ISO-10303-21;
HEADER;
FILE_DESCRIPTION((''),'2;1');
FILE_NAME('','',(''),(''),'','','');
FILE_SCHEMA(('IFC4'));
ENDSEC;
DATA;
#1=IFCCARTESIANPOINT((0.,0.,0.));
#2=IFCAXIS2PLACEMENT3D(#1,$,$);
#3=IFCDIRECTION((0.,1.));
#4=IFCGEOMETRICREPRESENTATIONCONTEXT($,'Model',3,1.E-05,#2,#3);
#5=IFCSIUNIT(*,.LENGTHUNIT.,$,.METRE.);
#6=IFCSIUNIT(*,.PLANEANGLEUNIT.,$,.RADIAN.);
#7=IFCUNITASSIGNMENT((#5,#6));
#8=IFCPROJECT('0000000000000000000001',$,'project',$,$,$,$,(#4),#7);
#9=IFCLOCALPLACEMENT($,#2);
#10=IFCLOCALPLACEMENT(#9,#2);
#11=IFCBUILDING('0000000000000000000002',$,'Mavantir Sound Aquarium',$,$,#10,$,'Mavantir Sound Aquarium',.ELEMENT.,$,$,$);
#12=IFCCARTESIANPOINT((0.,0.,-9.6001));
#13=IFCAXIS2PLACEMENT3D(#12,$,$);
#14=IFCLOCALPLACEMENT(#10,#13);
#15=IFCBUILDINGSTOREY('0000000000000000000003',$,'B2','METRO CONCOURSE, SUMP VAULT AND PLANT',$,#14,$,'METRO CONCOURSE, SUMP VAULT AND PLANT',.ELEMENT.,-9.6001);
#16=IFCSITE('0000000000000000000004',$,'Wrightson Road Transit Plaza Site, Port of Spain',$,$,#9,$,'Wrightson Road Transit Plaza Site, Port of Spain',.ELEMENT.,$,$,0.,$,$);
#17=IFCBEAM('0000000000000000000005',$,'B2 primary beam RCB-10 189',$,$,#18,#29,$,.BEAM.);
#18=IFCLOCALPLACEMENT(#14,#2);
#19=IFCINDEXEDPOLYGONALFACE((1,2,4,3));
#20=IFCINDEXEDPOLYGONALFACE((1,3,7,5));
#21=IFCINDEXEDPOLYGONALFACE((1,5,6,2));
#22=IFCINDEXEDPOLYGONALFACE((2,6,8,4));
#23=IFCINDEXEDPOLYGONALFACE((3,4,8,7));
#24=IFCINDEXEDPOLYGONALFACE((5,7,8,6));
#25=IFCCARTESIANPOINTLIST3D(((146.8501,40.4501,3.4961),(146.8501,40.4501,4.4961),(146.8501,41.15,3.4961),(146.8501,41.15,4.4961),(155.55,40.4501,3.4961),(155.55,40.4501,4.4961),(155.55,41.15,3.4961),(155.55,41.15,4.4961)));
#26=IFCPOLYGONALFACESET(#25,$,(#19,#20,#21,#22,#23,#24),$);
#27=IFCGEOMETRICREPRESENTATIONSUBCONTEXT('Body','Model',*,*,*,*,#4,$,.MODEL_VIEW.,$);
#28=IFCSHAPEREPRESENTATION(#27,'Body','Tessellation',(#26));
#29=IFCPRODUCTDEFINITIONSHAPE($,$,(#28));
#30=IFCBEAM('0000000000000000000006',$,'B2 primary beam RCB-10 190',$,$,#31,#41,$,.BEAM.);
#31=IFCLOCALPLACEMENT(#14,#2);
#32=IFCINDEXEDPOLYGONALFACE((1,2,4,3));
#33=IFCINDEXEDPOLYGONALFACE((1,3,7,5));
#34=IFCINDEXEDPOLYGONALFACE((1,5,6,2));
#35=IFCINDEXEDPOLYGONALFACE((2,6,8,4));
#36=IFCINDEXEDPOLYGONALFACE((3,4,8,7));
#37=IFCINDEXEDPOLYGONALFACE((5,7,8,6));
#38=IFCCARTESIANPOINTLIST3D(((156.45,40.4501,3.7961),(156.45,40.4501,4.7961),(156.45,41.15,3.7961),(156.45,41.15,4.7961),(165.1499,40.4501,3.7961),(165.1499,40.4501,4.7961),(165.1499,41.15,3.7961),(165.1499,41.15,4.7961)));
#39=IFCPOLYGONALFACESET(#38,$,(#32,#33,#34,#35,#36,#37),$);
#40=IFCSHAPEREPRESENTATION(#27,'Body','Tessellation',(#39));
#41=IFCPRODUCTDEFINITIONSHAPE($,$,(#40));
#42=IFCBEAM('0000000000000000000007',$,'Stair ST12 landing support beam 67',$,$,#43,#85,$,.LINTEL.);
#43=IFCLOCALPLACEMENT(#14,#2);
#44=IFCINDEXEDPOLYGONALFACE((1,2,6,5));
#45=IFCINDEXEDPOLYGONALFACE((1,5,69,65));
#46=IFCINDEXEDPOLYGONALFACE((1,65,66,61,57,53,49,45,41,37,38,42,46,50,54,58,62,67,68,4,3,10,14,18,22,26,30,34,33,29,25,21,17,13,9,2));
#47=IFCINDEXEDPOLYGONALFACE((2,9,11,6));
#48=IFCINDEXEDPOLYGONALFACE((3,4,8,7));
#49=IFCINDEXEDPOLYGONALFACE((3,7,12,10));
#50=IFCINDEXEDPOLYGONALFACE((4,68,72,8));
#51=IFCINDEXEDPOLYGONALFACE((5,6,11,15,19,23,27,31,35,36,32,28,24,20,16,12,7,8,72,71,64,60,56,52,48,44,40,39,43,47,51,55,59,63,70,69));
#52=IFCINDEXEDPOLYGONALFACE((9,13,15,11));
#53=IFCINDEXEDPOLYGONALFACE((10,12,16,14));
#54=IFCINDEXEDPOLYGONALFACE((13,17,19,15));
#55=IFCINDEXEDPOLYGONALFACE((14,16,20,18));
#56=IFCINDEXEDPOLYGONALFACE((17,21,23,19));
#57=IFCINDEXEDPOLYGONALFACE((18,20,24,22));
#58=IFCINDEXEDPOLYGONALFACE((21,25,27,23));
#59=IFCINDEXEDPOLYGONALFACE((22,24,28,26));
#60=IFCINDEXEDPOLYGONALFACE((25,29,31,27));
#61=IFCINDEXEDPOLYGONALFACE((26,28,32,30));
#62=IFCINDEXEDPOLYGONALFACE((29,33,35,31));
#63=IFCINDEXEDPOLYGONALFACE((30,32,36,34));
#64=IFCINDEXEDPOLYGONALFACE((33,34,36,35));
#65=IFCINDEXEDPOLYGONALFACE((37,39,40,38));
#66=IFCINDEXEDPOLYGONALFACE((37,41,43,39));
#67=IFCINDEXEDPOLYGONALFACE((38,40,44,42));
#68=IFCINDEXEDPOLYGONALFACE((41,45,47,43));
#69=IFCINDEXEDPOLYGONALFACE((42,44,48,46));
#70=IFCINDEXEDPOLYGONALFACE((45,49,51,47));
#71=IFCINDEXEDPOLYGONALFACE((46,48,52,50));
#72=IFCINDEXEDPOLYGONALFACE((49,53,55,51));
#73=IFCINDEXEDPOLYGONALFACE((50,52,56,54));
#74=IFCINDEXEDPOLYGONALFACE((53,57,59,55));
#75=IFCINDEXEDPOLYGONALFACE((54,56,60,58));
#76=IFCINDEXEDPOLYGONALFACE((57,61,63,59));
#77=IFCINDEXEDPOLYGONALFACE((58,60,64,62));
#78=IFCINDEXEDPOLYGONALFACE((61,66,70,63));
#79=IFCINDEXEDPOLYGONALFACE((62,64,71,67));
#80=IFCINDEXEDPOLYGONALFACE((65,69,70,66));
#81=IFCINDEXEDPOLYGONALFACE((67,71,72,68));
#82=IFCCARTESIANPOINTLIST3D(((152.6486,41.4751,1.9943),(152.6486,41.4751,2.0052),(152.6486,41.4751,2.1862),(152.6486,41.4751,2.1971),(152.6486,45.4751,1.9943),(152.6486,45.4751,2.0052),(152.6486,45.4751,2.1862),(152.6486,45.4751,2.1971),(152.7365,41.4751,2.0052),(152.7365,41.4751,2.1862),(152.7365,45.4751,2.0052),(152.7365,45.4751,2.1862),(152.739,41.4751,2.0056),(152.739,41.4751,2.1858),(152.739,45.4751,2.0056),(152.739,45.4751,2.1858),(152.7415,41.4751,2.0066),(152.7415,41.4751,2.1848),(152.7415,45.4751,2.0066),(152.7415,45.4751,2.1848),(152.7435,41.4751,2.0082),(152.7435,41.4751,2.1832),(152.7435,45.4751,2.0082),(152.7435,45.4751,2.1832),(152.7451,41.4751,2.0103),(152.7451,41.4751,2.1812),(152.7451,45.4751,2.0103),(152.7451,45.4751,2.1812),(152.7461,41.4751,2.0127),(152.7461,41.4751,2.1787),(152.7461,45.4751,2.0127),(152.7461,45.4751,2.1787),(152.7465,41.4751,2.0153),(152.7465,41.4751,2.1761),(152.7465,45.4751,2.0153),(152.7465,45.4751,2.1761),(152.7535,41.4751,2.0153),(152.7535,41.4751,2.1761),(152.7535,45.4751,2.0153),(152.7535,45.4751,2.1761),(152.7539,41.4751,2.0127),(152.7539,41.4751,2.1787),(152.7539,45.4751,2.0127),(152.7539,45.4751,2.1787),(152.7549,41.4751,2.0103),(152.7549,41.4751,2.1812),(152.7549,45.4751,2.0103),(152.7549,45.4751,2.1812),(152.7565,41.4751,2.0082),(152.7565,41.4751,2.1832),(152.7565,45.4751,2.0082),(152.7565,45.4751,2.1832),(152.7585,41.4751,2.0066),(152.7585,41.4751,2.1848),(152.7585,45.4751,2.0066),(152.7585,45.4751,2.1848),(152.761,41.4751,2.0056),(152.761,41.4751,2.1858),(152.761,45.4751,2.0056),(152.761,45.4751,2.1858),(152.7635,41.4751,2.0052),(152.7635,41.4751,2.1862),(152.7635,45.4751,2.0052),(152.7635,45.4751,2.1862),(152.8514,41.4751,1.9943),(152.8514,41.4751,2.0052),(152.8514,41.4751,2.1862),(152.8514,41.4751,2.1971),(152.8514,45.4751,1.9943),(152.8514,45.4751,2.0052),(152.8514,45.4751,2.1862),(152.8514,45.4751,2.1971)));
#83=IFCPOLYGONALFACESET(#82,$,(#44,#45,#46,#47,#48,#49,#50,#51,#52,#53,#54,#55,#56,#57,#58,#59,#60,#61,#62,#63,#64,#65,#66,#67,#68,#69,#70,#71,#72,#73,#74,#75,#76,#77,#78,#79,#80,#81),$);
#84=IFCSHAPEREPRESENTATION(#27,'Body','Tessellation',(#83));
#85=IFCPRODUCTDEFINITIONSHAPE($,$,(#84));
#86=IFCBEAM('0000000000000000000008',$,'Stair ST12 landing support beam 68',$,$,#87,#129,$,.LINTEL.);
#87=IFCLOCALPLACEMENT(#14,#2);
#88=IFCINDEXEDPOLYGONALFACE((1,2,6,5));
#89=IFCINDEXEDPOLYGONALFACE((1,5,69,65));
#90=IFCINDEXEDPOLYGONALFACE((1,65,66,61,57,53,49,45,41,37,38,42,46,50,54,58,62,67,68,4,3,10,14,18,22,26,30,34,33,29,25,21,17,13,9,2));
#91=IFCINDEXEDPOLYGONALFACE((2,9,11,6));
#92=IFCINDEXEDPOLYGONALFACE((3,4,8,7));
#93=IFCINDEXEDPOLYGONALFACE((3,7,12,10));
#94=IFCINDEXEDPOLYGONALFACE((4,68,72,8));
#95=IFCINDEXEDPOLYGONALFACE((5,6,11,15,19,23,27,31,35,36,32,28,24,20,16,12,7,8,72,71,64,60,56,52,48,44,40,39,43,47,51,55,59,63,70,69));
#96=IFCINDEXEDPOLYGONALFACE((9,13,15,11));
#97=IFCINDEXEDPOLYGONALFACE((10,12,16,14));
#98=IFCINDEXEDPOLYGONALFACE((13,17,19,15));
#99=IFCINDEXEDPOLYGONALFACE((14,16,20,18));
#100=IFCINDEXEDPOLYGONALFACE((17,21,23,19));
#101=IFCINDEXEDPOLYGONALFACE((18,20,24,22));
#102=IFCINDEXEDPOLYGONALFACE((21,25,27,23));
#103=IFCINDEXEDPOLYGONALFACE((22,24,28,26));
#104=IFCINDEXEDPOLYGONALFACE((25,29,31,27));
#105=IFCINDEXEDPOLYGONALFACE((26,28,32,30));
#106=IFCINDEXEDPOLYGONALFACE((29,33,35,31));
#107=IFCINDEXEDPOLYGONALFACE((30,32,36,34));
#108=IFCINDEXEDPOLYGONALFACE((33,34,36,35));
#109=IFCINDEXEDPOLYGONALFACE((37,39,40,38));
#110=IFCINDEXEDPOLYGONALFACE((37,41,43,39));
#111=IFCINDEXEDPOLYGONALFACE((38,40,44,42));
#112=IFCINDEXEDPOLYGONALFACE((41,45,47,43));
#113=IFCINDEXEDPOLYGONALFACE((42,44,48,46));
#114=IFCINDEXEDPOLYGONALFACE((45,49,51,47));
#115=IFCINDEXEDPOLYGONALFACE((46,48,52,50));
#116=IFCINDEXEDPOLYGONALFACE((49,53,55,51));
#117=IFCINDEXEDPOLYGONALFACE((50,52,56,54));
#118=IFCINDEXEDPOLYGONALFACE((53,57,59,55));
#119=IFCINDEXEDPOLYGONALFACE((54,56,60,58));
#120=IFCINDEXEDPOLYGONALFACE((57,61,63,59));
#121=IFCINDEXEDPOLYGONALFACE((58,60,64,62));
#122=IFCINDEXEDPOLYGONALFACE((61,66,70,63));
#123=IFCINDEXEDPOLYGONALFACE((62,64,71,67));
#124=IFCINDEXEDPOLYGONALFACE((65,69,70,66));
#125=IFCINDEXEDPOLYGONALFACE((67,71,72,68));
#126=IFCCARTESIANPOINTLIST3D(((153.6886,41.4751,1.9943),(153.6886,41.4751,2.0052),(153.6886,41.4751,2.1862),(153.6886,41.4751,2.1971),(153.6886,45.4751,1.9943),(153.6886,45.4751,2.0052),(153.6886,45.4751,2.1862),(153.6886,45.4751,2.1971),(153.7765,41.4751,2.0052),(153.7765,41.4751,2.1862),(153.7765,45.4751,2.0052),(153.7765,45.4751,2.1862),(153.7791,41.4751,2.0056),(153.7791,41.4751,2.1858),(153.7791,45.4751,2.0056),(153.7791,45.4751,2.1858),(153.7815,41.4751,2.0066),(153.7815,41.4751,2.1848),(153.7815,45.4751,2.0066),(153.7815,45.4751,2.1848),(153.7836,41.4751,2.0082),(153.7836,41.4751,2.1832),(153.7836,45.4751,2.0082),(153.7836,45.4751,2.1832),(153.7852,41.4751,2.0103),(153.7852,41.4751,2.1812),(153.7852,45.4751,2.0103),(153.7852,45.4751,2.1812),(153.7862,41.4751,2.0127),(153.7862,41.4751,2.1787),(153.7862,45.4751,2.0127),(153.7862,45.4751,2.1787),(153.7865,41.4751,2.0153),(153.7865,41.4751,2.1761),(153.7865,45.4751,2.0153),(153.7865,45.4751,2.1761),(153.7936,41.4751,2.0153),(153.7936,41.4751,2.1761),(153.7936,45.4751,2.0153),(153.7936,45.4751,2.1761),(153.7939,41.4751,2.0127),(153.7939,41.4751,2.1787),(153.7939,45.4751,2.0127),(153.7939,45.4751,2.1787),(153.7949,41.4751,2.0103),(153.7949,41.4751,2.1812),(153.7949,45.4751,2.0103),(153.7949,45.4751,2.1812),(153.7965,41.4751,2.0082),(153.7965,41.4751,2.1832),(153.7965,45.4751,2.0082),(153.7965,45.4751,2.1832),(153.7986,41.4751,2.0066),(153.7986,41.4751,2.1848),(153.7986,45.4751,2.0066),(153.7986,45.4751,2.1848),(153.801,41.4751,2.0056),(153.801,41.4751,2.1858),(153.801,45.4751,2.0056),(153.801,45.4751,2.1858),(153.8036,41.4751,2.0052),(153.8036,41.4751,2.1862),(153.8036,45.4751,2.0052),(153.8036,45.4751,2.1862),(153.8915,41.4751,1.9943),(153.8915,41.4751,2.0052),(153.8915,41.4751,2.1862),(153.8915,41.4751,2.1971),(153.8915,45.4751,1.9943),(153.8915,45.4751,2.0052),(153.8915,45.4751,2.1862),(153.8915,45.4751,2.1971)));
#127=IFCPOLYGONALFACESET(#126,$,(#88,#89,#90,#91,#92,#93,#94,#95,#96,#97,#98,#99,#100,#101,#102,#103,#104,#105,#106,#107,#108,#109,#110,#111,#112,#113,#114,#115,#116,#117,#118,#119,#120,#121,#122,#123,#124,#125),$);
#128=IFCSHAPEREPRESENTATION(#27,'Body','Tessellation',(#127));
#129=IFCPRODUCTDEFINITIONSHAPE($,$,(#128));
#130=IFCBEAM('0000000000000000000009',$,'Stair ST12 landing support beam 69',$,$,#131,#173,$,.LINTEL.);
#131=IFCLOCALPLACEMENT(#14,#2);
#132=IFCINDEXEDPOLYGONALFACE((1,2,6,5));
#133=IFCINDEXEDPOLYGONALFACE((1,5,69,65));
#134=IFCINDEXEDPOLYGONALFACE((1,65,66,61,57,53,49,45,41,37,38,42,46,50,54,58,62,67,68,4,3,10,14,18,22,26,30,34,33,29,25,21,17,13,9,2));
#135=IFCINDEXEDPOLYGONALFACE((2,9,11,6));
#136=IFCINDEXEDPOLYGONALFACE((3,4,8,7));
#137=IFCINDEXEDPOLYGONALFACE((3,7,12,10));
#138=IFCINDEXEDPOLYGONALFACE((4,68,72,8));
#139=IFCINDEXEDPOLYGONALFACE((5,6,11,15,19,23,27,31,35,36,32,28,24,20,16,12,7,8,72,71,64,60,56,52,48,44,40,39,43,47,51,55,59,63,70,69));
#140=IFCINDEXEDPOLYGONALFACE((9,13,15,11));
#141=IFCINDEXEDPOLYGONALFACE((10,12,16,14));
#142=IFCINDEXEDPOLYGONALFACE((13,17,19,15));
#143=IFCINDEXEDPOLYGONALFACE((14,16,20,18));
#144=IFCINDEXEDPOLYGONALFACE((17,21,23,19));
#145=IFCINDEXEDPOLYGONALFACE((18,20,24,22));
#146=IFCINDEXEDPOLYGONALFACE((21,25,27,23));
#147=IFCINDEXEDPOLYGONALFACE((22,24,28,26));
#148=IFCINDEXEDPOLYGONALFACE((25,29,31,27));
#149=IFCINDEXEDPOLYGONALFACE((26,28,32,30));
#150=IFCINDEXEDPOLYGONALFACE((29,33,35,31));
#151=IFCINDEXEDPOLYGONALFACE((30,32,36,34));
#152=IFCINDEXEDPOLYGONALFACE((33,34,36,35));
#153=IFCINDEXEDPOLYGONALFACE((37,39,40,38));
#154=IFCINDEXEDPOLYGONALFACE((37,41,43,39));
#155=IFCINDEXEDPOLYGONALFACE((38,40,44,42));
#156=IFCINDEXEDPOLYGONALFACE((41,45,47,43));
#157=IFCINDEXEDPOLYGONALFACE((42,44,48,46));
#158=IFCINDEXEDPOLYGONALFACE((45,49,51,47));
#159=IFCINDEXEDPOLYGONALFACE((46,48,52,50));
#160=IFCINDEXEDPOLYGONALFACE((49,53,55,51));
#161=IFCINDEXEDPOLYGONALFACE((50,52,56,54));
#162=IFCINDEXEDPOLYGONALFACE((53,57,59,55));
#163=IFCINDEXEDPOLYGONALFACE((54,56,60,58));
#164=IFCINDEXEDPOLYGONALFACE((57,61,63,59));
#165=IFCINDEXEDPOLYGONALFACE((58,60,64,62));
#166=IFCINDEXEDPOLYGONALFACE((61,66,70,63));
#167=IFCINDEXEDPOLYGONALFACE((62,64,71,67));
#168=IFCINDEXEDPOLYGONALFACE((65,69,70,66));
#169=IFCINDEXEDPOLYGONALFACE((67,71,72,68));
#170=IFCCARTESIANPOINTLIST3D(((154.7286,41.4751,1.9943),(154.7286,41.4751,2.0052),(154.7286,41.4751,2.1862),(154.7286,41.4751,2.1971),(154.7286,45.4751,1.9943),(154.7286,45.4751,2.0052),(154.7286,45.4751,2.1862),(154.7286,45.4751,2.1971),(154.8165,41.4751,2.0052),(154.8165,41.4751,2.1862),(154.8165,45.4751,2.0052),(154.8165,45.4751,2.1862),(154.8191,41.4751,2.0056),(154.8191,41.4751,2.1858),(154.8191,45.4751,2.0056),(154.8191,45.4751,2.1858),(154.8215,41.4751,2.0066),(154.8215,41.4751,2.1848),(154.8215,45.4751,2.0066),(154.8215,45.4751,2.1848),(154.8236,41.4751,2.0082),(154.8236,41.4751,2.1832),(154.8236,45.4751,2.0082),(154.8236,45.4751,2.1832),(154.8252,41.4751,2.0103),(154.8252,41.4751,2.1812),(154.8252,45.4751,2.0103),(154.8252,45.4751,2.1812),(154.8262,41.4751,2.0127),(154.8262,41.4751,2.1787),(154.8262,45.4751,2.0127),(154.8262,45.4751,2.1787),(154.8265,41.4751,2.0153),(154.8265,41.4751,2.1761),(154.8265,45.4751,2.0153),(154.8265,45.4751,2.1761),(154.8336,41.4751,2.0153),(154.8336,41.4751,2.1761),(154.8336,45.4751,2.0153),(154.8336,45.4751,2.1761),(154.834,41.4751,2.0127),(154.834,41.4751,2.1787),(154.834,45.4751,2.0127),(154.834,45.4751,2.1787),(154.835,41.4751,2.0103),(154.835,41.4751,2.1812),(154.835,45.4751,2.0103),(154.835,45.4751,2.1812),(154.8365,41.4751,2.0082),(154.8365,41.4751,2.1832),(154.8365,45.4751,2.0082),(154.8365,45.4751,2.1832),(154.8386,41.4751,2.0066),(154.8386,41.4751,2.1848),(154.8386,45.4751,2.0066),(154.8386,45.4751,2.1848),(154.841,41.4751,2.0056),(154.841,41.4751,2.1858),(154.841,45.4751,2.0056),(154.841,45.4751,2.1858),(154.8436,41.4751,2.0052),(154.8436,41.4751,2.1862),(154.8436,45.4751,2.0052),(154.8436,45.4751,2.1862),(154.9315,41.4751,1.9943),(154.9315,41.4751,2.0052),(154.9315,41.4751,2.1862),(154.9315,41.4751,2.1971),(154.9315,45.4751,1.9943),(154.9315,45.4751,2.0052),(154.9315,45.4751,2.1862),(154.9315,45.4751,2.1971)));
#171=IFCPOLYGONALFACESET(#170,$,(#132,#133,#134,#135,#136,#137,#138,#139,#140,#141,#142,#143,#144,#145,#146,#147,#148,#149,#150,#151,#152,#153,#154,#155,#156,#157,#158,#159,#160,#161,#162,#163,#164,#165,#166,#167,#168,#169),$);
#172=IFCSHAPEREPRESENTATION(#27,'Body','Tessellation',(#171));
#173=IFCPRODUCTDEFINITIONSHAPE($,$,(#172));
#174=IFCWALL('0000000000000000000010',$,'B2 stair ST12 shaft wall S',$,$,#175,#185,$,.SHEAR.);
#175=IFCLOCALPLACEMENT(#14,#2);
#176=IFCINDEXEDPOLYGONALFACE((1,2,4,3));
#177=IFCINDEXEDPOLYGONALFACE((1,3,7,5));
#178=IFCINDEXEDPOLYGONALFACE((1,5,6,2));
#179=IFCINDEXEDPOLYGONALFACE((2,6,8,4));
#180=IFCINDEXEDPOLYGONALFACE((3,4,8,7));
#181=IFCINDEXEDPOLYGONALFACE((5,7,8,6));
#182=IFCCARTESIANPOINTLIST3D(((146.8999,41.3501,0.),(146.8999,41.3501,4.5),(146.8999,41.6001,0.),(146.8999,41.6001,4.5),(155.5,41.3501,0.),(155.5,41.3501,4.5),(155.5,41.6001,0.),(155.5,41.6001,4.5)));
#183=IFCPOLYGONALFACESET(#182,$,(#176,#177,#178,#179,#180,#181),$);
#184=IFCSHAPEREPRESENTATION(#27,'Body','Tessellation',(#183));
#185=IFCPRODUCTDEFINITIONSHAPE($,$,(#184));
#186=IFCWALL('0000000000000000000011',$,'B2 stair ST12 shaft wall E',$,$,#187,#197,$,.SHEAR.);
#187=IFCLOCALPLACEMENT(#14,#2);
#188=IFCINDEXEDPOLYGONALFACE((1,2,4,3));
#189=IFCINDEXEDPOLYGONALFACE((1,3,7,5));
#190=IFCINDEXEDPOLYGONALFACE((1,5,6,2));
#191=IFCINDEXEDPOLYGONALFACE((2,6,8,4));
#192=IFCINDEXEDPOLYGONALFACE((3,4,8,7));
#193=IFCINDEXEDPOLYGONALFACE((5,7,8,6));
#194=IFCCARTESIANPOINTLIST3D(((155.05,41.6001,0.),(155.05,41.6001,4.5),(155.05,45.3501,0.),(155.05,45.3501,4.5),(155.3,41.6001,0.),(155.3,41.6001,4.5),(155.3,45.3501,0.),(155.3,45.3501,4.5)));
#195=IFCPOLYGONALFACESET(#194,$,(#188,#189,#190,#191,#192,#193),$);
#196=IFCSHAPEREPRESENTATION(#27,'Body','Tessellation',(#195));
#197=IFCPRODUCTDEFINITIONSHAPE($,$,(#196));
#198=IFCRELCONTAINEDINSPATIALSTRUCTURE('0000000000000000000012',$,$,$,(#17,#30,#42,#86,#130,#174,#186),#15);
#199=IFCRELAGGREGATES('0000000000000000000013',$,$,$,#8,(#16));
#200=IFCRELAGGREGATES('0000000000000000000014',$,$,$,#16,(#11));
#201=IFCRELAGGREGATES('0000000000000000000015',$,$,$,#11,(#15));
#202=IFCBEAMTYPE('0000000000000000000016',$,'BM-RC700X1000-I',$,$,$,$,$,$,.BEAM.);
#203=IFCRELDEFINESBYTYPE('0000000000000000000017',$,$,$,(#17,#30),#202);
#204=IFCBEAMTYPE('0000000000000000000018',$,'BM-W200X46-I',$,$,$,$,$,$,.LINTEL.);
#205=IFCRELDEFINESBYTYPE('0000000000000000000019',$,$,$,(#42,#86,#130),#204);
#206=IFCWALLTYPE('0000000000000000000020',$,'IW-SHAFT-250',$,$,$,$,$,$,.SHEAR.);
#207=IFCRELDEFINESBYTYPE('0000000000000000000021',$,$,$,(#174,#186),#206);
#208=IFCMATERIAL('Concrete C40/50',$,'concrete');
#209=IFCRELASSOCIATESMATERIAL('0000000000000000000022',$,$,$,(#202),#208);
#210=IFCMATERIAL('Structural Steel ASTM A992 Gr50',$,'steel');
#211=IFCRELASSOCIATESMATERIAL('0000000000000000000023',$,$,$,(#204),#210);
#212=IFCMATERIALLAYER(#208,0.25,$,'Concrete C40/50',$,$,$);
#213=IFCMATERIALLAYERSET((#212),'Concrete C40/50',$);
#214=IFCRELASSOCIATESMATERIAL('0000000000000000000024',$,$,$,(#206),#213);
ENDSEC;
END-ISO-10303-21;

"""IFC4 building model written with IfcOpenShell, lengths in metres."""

from ifc_helpers import new_model, si_unit, direction, frame, frame_2d, origin, origin_2d, place, context, subcontext, project, spatial, rectangle, i_section, extrude, material, layer, layer_set, material_profile, profile_set, type_object, element, save


model = new_model("IFC4")

# Units and contexts
model_context = context("Model", 3, precision=1e-05, world=origin(), true_north=direction((0.0, 1.0)))
body_context = subcontext(model_context, "Body", "Model", "MODEL_VIEW")
ifc_project = project(units=[si_unit("LENGTHUNIT", "METRE"), si_unit("PLANEANGLEUNIT", "RADIAN")], contexts=[model_context])

# Site, building, storey
site_placement = place(None, origin())
site = spatial("IfcSite", under=ifc_project, at=site_placement, Name="Wrightson Road Transit Plaza Site, Port of Spain", LongName="Wrightson Road Transit Plaza Site, Port of Spain", CompositionType="ELEMENT", RefElevation=0.0)
building_placement = place(site_placement, origin())
building = spatial("IfcBuilding", under=site, at=building_placement, Name="Mavantir Sound Aquarium", LongName="Mavantir Sound Aquarium", CompositionType="ELEMENT")
storey_placement = place(building_placement, frame((0.0, 0.0, -9.6001)))
storey = spatial("IfcBuildingStorey", under=building, at=storey_placement, Name="B2", Description="METRO CONCOURSE, SUMP VAULT AND PLANT", LongName="METRO CONCOURSE, SUMP VAULT AND PLANT", CompositionType="ELEMENT", Elevation=-9.6001)

# Shared definitions
ifc_material_1 = material(Name="Concrete C40/50", Category="concrete")

# Beams
ifc_material_profile_1 = material_profile(ifc_material_1, rectangle(XDim=0.7, YDim=1.0, at=origin_2d()), Name="RC 700X1000")
ifc_profile_set_1 = profile_set([ifc_material_profile_1], Name="Concrete C40/50")
beam_type_1 = type_object("IfcBeamType", Name="BM-RC700X1000-I", PredefinedType="BEAM", material=ifc_profile_set_1)
for number, where, z_axis, x_axis, name in (
    (1, (146.8501, 40.8, 3.9961), (1.0, 0.0, 0.0), (0.0, 1.0, 0.0), "B2 primary beam RCB-10 189"),
    (2, (156.45, 40.8, 4.2961), (1.0, 0.0, 0.0), (0.0, 1.0, 0.0), "B2 primary beam RCB-10 190"),
):
    element("IfcBeam", number, at=place(storey_placement, frame(where, z_axis=z_axis, x_axis=x_axis)), inside=storey, type_object=beam_type_1, Name=name, PredefinedType="BEAM", context=body_context, shape_type="SweptSolid", body=[
        extrude(rectangle(XDim=0.7, YDim=1.0, at=origin_2d()), origin(), (0.0, 0.0, 1.0), 8.7),
    ])
ifc_material_2 = material(Name="Structural Steel ASTM A992 Gr50", Category="steel")
ifc_material_profile_2 = material_profile(ifc_material_2, i_section(OverallWidth=0.2029, OverallDepth=0.2029, WebThickness=0.0071, FlangeThickness=0.011, FilletRadius=0.01, at=origin_2d()), Name="W200X46")
ifc_profile_set_2 = profile_set([ifc_material_profile_2], Name="Structural Steel ASTM A992 Gr50")
beam_type_2 = type_object("IfcBeamType", Name="BM-W200X46-I", PredefinedType="LINTEL", material=ifc_profile_set_2)
for number, where, z_axis, x_axis, name in (
    (3, (152.75, 41.4751, 2.0957), (0.0, 1.0, 0.0), (-1.0, 0.0, 0.0), "Stair ST12 landing support beam 67"),
    (4, (153.79, 41.4751, 2.0957), (0.0, 1.0, 0.0), (-1.0, 0.0, 0.0), "Stair ST12 landing support beam 68"),
    (5, (154.8301, 41.4751, 2.0957), (0.0, 1.0, 0.0), (-1.0, 0.0, 0.0), "Stair ST12 landing support beam 69"),
):
    element("IfcBeam", number, at=place(storey_placement, frame(where, z_axis=z_axis, x_axis=x_axis)), inside=storey, type_object=beam_type_2, Name=name, PredefinedType="LINTEL", context=body_context, shape_type="SweptSolid", body=[
        extrude(i_section(OverallWidth=0.2029, OverallDepth=0.2029, WebThickness=0.0071, FlangeThickness=0.011, FilletRadius=0.01, at=origin_2d()), origin(), (0.0, 0.0, 1.0), 4.0),
    ])

# Walls
ifc_layer_1 = layer(ifc_material_1, 0.25, Name="Concrete C40/50")
ifc_layer_set_1 = layer_set([ifc_layer_1], Name="Concrete C40/50")
wall_type_1 = type_object("IfcWallType", Name="IW-SHAFT-250", PredefinedType="SHEAR", material=ifc_layer_set_1)
wall_1_placement = place(storey_placement, frame((146.8999, 41.4751, 0.0), z_axis=(0.0, 0.0, 1.0), x_axis=(1.0, 0.0, 0.0)))
element("IfcWall", 6, at=wall_1_placement, inside=storey, type_object=wall_type_1, Name="B2 stair ST12 shaft wall S", PredefinedType="SHEAR", context=body_context, shape_type="SweptSolid", body=[
    extrude(rectangle(XDim=8.6001, YDim=0.25, at=frame_2d((4.3, 0.0))), origin(), (0.0, 0.0, 1.0), 4.5),
])
wall_2_placement = place(storey_placement, frame((155.175, 41.6001, 0.0), z_axis=(0.0, 0.0, 1.0), x_axis=(0.0, 1.0, 0.0)))
element("IfcWall", 7, at=wall_2_placement, inside=storey, type_object=wall_type_1, Name="B2 stair ST12 shaft wall E", PredefinedType="SHEAR", context=body_context, shape_type="SweptSolid", body=[
    extrude(rectangle(XDim=3.75, YDim=0.25, at=frame_2d((1.875, 0.0))), origin(), (0.0, 0.0, 1.0), 4.5),
])

save(model, "model.ifc")
